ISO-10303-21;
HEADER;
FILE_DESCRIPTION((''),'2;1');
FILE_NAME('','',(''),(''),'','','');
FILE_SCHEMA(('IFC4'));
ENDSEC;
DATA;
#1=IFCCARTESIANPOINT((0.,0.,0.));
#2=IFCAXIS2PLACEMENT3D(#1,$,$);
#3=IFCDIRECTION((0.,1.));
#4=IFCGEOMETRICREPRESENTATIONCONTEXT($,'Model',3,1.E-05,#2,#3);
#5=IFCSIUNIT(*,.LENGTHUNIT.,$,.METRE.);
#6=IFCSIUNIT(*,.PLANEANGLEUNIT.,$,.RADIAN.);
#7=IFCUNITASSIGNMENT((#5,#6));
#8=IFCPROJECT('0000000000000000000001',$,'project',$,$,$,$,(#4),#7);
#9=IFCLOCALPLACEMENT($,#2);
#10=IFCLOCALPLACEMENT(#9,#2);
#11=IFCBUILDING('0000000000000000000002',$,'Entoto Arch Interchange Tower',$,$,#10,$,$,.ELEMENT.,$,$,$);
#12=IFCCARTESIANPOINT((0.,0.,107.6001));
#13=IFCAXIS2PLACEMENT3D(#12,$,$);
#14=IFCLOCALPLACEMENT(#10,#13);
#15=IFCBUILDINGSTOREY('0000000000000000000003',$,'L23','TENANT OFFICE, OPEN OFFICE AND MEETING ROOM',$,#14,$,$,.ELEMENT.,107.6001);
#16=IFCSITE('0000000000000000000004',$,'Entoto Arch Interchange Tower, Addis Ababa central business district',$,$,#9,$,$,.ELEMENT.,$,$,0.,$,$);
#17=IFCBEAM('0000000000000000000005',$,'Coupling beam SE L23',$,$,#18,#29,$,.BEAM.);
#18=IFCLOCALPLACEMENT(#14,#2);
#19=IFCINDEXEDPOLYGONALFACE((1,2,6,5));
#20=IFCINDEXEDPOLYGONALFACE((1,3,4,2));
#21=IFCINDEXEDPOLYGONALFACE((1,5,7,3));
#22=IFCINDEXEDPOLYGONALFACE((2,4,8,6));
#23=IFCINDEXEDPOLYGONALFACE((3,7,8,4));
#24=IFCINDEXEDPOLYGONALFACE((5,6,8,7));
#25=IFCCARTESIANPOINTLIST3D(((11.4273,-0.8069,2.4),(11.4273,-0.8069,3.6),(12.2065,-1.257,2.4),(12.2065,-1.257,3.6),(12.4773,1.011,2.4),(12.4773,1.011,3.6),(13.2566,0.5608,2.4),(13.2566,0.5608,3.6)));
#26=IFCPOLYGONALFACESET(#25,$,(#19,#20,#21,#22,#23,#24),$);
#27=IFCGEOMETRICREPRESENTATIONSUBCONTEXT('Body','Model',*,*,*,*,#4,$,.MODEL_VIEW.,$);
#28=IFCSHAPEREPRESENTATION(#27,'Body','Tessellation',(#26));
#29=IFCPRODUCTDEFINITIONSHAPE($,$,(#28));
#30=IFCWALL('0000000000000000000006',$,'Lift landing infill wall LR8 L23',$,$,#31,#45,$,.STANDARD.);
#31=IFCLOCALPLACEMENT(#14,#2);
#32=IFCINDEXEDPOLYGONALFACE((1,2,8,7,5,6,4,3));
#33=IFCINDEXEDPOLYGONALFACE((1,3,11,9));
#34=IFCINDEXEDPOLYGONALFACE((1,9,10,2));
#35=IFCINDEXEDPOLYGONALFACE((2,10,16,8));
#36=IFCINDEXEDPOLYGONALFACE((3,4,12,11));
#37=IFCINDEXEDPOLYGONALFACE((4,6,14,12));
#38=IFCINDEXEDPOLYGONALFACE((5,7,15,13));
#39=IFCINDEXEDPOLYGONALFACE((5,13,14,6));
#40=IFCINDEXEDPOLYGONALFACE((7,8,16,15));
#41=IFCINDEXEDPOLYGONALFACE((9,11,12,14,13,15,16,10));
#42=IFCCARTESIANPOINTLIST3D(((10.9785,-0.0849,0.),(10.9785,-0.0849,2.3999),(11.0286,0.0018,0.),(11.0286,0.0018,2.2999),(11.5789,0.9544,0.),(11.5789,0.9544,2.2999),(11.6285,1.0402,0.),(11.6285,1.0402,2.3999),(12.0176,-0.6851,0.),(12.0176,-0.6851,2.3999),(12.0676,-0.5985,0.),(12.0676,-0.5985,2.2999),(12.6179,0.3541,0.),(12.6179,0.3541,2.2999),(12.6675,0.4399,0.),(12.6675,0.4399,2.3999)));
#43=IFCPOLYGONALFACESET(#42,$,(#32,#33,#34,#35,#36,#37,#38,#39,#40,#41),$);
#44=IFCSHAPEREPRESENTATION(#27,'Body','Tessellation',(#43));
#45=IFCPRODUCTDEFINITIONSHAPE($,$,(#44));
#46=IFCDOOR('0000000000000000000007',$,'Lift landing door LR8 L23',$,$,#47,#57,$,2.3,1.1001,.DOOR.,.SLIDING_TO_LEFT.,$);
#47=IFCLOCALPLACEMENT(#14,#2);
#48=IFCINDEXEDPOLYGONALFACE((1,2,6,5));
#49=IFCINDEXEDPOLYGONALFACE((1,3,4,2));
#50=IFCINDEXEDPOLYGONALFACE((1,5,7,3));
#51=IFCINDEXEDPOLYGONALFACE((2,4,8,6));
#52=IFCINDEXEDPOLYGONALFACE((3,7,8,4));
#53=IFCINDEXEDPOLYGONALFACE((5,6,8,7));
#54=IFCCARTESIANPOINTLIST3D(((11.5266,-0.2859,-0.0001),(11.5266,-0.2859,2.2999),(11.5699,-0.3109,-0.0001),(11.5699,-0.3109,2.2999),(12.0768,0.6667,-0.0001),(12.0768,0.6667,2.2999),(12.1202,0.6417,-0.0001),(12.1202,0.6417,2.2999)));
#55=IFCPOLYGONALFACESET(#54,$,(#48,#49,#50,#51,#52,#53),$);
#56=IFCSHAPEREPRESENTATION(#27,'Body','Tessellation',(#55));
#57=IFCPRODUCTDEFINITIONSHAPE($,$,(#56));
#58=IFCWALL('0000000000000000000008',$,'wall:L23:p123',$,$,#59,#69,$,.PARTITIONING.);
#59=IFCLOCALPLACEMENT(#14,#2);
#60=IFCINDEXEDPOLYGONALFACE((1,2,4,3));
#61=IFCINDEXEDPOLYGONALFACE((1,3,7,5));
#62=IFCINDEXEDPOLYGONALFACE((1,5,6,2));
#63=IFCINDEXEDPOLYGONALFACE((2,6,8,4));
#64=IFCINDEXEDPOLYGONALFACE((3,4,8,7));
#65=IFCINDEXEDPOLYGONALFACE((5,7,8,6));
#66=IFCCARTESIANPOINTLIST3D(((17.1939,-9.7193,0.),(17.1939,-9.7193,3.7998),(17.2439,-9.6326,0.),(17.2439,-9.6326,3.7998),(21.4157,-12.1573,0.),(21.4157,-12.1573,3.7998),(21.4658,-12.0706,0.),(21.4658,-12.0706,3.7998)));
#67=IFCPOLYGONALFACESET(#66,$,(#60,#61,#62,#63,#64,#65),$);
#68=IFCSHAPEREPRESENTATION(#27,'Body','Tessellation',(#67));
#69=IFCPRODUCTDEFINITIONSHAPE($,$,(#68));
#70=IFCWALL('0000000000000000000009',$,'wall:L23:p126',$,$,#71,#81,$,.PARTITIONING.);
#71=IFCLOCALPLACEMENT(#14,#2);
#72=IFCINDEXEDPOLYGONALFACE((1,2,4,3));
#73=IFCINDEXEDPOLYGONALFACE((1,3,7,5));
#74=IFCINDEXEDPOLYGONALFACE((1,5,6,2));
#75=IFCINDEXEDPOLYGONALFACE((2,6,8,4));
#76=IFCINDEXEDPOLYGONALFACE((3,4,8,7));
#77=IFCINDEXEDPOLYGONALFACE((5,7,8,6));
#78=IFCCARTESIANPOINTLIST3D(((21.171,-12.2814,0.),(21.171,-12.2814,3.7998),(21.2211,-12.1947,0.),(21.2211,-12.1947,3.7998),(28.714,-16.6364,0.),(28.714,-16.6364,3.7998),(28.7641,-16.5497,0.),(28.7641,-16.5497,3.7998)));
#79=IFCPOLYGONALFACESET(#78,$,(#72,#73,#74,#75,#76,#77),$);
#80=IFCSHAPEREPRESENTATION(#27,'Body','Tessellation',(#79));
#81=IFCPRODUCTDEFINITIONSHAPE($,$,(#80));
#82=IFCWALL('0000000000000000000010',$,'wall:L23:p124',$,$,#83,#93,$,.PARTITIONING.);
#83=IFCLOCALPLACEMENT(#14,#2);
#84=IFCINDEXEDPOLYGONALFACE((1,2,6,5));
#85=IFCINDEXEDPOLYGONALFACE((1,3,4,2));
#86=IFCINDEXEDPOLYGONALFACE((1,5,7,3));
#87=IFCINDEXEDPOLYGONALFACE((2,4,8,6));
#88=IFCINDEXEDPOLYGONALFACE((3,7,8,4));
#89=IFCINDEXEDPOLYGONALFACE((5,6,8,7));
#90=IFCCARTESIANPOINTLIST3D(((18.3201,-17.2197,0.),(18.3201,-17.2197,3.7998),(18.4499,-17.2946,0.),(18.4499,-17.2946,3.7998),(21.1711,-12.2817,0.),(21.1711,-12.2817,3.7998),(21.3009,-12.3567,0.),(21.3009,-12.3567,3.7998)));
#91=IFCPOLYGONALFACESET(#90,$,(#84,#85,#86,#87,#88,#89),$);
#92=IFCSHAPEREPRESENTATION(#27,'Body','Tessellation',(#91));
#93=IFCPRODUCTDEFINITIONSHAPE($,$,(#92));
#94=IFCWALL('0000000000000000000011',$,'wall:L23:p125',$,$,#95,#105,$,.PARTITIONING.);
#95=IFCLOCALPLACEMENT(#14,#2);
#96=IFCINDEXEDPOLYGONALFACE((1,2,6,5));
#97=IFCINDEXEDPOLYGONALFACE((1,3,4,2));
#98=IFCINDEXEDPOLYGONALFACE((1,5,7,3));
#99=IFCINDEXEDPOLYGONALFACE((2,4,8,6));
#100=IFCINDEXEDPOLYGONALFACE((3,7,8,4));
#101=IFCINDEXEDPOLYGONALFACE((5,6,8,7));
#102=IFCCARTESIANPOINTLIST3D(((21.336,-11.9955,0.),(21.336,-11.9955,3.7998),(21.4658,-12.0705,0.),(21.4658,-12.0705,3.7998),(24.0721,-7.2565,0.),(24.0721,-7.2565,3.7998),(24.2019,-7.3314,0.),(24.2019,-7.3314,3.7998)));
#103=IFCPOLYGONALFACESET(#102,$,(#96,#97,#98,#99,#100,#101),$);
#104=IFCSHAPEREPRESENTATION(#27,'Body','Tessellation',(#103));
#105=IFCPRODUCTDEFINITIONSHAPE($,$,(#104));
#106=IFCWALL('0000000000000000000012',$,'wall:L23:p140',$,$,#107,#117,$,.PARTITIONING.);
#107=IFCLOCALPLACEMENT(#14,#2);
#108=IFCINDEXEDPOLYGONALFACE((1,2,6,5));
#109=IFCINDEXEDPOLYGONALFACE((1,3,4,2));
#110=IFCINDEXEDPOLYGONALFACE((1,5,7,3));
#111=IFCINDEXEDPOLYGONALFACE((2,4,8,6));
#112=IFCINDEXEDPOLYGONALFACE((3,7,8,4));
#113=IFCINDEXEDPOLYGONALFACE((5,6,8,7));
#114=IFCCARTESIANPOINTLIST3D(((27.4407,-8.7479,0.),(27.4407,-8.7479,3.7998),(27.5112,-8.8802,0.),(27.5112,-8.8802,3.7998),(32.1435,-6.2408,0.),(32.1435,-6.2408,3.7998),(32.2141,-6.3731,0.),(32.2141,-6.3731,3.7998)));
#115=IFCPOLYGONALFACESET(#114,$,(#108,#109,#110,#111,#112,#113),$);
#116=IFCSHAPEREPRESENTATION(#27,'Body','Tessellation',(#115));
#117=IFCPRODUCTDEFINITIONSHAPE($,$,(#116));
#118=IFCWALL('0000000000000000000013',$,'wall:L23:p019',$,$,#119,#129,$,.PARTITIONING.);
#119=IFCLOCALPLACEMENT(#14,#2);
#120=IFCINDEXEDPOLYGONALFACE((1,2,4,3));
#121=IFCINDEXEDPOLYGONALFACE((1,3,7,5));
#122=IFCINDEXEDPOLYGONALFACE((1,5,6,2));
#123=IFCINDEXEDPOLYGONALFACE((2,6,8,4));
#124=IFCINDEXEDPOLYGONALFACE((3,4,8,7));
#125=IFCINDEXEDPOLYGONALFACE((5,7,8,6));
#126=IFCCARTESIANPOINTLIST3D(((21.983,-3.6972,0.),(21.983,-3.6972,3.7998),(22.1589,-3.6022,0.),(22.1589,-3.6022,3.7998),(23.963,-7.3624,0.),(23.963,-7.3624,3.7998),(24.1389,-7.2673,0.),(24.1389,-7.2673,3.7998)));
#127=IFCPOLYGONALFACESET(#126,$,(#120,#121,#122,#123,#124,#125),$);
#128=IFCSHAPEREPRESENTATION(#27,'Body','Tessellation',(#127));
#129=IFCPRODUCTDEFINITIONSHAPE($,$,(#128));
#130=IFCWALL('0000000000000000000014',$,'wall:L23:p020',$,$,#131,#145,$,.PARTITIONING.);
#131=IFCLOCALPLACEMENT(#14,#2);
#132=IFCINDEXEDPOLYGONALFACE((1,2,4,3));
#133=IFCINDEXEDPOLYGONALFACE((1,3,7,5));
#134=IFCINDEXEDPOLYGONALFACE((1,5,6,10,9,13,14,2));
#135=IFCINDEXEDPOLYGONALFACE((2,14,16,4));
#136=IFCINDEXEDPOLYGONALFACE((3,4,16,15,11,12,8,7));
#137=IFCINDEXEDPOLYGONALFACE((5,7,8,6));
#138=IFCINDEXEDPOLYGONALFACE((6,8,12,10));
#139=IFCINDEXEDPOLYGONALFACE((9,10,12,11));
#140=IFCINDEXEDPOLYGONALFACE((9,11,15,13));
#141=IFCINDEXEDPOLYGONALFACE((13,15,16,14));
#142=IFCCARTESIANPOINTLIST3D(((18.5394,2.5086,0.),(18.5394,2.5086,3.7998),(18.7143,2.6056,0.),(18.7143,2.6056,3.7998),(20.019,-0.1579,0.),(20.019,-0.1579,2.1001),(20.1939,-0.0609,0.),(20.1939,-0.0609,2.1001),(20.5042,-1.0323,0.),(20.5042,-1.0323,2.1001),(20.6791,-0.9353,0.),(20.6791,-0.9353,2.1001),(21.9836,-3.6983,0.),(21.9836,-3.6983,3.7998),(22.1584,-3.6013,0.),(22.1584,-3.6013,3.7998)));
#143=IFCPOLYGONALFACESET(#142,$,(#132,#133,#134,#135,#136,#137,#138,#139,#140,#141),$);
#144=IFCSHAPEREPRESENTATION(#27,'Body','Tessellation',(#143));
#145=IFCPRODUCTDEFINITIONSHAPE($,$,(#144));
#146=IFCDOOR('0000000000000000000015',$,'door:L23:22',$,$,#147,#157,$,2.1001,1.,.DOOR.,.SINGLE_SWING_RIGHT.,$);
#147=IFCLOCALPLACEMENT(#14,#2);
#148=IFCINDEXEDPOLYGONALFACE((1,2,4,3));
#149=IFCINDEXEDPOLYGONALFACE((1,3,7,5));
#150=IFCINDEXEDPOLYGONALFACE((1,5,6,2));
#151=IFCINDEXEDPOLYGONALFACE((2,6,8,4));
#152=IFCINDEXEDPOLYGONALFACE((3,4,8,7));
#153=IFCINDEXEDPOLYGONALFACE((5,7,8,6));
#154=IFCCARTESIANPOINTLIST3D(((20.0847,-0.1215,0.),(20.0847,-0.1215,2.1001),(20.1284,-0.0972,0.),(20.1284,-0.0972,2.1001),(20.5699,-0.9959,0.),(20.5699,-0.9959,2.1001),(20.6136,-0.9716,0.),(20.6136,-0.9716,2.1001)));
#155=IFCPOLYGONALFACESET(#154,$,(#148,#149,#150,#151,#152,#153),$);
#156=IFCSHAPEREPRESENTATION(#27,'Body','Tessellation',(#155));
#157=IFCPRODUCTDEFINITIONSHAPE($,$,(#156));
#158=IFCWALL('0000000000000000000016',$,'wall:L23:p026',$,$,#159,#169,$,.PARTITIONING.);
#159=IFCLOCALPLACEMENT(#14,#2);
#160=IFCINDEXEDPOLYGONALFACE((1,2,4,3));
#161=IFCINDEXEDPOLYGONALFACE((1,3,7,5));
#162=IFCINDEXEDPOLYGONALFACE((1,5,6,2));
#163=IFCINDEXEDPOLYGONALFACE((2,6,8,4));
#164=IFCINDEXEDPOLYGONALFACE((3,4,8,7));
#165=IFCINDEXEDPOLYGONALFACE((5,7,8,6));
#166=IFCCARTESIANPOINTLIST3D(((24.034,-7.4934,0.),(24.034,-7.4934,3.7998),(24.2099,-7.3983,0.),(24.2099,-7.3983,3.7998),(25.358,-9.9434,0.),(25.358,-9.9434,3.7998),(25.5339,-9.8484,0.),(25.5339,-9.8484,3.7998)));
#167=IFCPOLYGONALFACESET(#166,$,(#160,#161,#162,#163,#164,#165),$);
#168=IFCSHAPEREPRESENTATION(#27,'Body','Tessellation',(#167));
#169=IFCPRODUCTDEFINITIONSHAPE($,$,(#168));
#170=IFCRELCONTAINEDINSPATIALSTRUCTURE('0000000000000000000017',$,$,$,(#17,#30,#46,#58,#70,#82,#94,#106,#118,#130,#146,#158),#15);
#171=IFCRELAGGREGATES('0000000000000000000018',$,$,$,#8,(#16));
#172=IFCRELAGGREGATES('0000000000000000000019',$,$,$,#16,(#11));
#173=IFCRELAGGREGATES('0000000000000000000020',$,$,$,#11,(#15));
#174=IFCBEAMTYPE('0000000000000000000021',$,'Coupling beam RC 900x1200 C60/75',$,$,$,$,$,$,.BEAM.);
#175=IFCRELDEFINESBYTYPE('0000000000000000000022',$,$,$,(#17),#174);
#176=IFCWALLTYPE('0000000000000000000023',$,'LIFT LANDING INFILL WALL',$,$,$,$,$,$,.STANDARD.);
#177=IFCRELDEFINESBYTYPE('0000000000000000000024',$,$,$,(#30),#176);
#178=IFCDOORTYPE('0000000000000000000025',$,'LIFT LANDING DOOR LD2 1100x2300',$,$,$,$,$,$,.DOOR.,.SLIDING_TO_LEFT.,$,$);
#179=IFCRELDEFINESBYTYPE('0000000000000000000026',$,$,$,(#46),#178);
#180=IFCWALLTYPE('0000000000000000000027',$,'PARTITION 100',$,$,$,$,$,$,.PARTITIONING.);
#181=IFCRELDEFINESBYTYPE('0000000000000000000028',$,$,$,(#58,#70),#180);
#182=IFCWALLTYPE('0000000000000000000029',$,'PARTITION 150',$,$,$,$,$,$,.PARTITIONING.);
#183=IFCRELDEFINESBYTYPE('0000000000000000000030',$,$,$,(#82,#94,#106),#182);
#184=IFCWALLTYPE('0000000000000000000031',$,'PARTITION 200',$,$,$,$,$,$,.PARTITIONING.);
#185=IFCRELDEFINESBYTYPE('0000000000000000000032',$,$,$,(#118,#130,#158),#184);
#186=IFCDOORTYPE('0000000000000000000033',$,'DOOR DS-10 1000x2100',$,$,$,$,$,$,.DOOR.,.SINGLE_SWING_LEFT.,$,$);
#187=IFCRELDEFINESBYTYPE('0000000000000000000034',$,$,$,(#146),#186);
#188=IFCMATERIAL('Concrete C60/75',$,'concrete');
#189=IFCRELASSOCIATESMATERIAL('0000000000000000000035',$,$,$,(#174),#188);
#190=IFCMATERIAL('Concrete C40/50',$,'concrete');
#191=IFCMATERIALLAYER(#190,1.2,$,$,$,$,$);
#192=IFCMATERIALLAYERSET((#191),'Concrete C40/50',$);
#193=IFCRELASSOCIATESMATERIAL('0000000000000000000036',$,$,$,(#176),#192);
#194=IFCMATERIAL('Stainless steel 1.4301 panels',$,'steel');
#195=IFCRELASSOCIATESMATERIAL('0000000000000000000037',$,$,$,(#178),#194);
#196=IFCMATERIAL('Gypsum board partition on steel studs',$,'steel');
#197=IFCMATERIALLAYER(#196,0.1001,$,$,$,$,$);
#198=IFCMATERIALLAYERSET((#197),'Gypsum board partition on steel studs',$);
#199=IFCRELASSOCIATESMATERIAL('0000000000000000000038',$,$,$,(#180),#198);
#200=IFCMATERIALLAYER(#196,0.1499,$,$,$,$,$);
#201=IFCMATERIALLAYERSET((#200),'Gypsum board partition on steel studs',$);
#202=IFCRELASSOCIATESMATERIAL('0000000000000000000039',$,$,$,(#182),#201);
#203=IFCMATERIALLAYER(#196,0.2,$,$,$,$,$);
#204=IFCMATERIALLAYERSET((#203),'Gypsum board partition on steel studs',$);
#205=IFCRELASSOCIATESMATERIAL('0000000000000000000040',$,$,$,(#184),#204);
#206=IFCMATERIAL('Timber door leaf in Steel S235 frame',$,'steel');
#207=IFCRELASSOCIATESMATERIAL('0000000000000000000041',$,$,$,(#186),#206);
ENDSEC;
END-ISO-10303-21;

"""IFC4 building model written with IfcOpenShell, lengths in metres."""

from ifc_helpers import new_model, si_unit, direction, frame, frame_2d, origin, origin_2d, place, context, subcontext, project, spatial, rectangle, extrude, material, layer, layer_set, material_profile, profile_set, type_object, element, fill, save


model = new_model("IFC4")

# Units and contexts
model_context = context("Model", 3, precision=1e-05, world=origin(), true_north=direction((0.0, 1.0)))
body_context = subcontext(model_context, "Body", "Model", "MODEL_VIEW")
ifc_project = project(units=[si_unit("LENGTHUNIT", "METRE"), si_unit("PLANEANGLEUNIT", "RADIAN")], contexts=[model_context])

# Site, building, storey
site_placement = place(None, origin())
site = spatial("IfcSite", under=ifc_project, at=site_placement, Name="Entoto Arch Interchange Tower, Addis Ababa central business district", CompositionType="ELEMENT", RefElevation=0.0)
building_placement = place(site_placement, origin())
building = spatial("IfcBuilding", under=site, at=building_placement, Name="Entoto Arch Interchange Tower", CompositionType="ELEMENT")
storey_placement = place(building_placement, frame((0.0, 0.0, 107.6001)))
storey = spatial("IfcBuildingStorey", under=building, at=storey_placement, Name="L23", Description="TENANT OFFICE, OPEN OFFICE AND MEETING ROOM", CompositionType="ELEMENT", Elevation=107.6001)

# Beam
ifc_material_1 = material(Name="Concrete C60/75", Category="concrete")
ifc_material_profile = material_profile(ifc_material_1, rectangle(XDim=0.8999, YDim=1.2, at=origin_2d()))
ifc_profile_set = profile_set([ifc_material_profile], Name="Concrete C60/75")
beam_type = type_object("IfcBeamType", Name="Coupling beam RC 900x1200 C60/75", PredefinedType="BEAM", material=ifc_profile_set)
beam_placement = place(storey_placement, frame((11.8169, -1.032, 3.0), z_axis=(0.500179, 0.865922, 0.0), x_axis=(-0.865922, 0.500179, 0.0)))
element("IfcBeam", 1, at=beam_placement, inside=storey, type_object=beam_type, Name="Coupling beam SE L23", PredefinedType="BEAM", context=body_context, shape_type="SweptSolid", body=[
    extrude(rectangle(XDim=0.8999, YDim=1.2, at=origin_2d()), origin(), (0.0, 0.0, 1.0), 2.0994),
])

# Wall, opening, door
ifc_material_2 = material(Name="Concrete C40/50", Category="concrete")
ifc_layer_1 = layer(ifc_material_2, 1.2)
ifc_layer_set_1 = layer_set([ifc_layer_1], Name="Concrete C40/50")
wall_type_1 = type_object("IfcWallType", Name="LIFT LANDING INFILL WALL", PredefinedType="STANDARD", material=ifc_layer_set_1)
wall_1_placement = place(storey_placement, frame((11.498, -0.385, 0.0), z_axis=(0.0, 0.0, 1.0), x_axis=(0.500221, 0.865898, 0.0)))
wall_1 = element("IfcWall", 2, at=wall_1_placement, inside=storey, type_object=wall_type_1, Name="Lift landing infill wall LR8 L23", PredefinedType="STANDARD", context=body_context, shape_type="SweptSolid", body=[
    extrude(rectangle(XDim=1.2993, YDim=1.2, at=frame_2d((0.6497, 0.0))), origin(), (0.0, 0.0, 1.0), 2.3999),
])
opening_1_placement = place(wall_1_placement, frame((0.1001, 0.0, 0.0)))
opening_1 = element("IfcOpeningElement", 3, at=opening_1_placement, cuts=wall_1, PredefinedType="OPENING", context=body_context, shape_type="SweptSolid", body=[
    extrude(rectangle(XDim=1.1001, YDim=2.3, at=frame_2d((0.55, 1.1499))), frame((0.0, 0.6099, 0.0), z_axis=(0.0, -1.0, 0.0), x_axis=(1.0, 0.0, 0.0)), (0.0, 0.0, 1.0), 1.22),
])
ifc_material_3 = material(Name="Stainless steel 1.4301 panels", Category="steel")
door_type_1 = type_object("IfcDoorType", Name="LIFT LANDING DOOR LD2 1100x2300", OperationType="SLIDING_TO_LEFT", PredefinedType="DOOR", material=ifc_material_3)
door_1_placement = place(opening_1_placement, origin())
door_1 = element("IfcDoor", 4, at=door_1_placement, inside=storey, type_object=door_type_1, Name="Lift landing door LR8 L23", OperationType="SLIDING_TO_LEFT", OverallHeight=2.3, OverallWidth=1.1001, PredefinedType="DOOR", context=body_context, shape_type="SweptSolid", body=[
    extrude(rectangle(XDim=1.1001, YDim=2.3, at=frame_2d((0.55, 1.1499))), frame((0.0, 0.0249, 0.0), z_axis=(0.0, -1.0, 0.0), x_axis=(1.0, 0.0, 0.0)), (0.0, 0.0, 1.0), 0.05),
])
fill(opening_1, door_1)

# Walls
ifc_material_4 = material(Name="Gypsum board partition on steel studs", Category="steel")
ifc_layer_2 = layer(ifc_material_4, 0.1001)
ifc_layer_set_2 = layer_set([ifc_layer_2], Name="Gypsum board partition on steel studs")
wall_type_2 = type_object("IfcWallType", Name="PARTITION 100", PredefinedType="PARTITIONING", material=ifc_layer_set_2)
wall_2_placement = place(storey_placement, frame((17.219, -9.676, 0.0), z_axis=(0.0, 0.0, 1.0), x_axis=(0.865985, -0.500071, 0.0)))
element("IfcWall", 5, at=wall_2_placement, inside=storey, type_object=wall_type_2, Name="wall:L23:p123", PredefinedType="PARTITIONING", context=body_context, shape_type="SweptSolid", body=[
    extrude(rectangle(XDim=4.8752, YDim=0.1001, at=frame_2d((2.4375, 0.0))), origin(), (0.0, 0.0, 1.0), 3.7998),
])
wall_3_placement = place(storey_placement, frame((21.196, -12.238, 0.0), z_axis=(0.0, 0.0, 1.0), x_axis=(0.866023, -0.500004, 0.0)))
element("IfcWall", 6, at=wall_3_placement, inside=storey, type_object=wall_type_2, Name="wall:L23:p126", PredefinedType="PARTITIONING", context=body_context, shape_type="SweptSolid", body=[
    extrude(rectangle(XDim=8.71, YDim=0.1001, at=frame_2d((4.355, 0.0))), origin(), (0.0, 0.0, 1.0), 3.7998),
])
ifc_layer_3 = layer(ifc_material_4, 0.1499)
ifc_layer_set_3 = layer_set([ifc_layer_3], Name="Gypsum board partition on steel studs")
wall_type_3 = type_object("IfcWallType", Name="PARTITION 150", PredefinedType="PARTITIONING", material=ifc_layer_set_3)
wall_4_placement = place(storey_placement, frame((21.2361, -12.3191, 0.0), z_axis=(0.0, 0.0, 1.0), x_axis=(-0.500016, -0.866016, 0.0)))
element("IfcWall", 7, at=wall_4_placement, inside=storey, type_object=wall_type_3, Name="wall:L23:p124", PredefinedType="PARTITIONING", context=body_context, shape_type="SweptSolid", body=[
    extrude(rectangle(XDim=5.7019, YDim=0.1499, at=frame_2d((2.8511, 0.0))), origin(), (0.0, 0.0, 1.0), 3.7998),
])
wall_5_placement = place(storey_placement, frame((24.137, -7.2939, 0.0), z_axis=(0.0, 0.0, 1.0), x_axis=(-0.500002, -0.866024, 0.0)))
element("IfcWall", 8, at=wall_5_placement, inside=storey, type_object=wall_type_3, Name="wall:L23:p125", PredefinedType="PARTITIONING", context=body_context, shape_type="SweptSolid", body=[
    extrude(rectangle(XDim=5.4722, YDim=0.1499, at=frame_2d((2.7361, 0.0))), origin(), (0.0, 0.0, 1.0), 3.7998),
])
wall_6_placement = place(storey_placement, frame((27.4761, -8.814, 0.0), z_axis=(0.0, 0.0, 1.0), x_axis=(0.88244, 0.470424, 0.0)))
element("IfcWall", 9, at=wall_6_placement, inside=storey, type_object=wall_type_3, Name="wall:L23:p140", PredefinedType="PARTITIONING", context=body_context, shape_type="SweptSolid", body=[
    extrude(rectangle(XDim=5.3293, YDim=0.1499, at=frame_2d((2.6646, 0.0))), origin(), (0.0, 0.0, 1.0), 3.7998),
])
ifc_layer_4 = layer(ifc_material_4, 0.2)
ifc_layer_set_4 = layer_set([ifc_layer_4], Name="Gypsum board partition on steel studs")
wall_type_4 = type_object("IfcWallType", Name="PARTITION 200", PredefinedType="PARTITIONING", material=ifc_layer_set_4)
wall_7_placement = place(storey_placement, frame((24.051, -7.3149, 0.0), z_axis=(0.0, 0.0, 1.0), x_axis=(-0.475309, 0.879819, 0.0)))
element("IfcWall", 10, at=wall_7_placement, inside=storey, type_object=wall_type_4, Name="wall:L23:p019", PredefinedType="PARTITIONING", context=body_context, shape_type="SweptSolid", body=[
    extrude(rectangle(XDim=4.1658, YDim=0.2, at=frame_2d((2.083, 0.0))), origin(), (0.0, 0.0, 1.0), 3.7998),
])

# Wall, opening, door
wall_8_placement = place(storey_placement, frame((22.071, -3.6499, 0.0), z_axis=(0.0, 0.0, 1.0), x_axis=(-0.485199, 0.874404, 0.0)))
wall_8 = element("IfcWall", 11, at=wall_8_placement, inside=storey, type_object=wall_type_4, Name="wall:L23:p020", PredefinedType="PARTITIONING", context=body_context, shape_type="SweptSolid", body=[
    extrude(rectangle(XDim=7.0984, YDim=0.2, at=frame_2d((3.5493, 0.0))), origin(), (0.0, 0.0, 1.0), 3.7998),
])
opening_2_placement = place(wall_8_placement, frame((3.0491, 0.0, 0.0)))
opening_2 = element("IfcOpeningElement", 12, at=opening_2_placement, cuts=wall_8, PredefinedType="OPENING", context=body_context, shape_type="SweptSolid", body=[
    extrude(rectangle(XDim=1.0, YDim=2.1001, at=frame_2d((0.5, 1.05))), frame((0.0, 0.1099, 0.0), z_axis=(0.0, -1.0, 0.0), x_axis=(1.0, 0.0, 0.0)), (0.0, 0.0, 1.0), 0.22),
])
ifc_material_5 = material(Name="Timber door leaf in Steel S235 frame", Category="steel")
door_type_2 = type_object("IfcDoorType", Name="DOOR DS-10 1000x2100", OperationType="SINGLE_SWING_LEFT", PredefinedType="DOOR", material=ifc_material_5)
door_2_placement = place(opening_2_placement, origin())
door_2 = element("IfcDoor", 13, at=door_2_placement, inside=storey, type_object=door_type_2, Name="door:L23:22", OperationType="SINGLE_SWING_RIGHT", OverallHeight=2.1001, OverallWidth=1.0, PredefinedType="DOOR", context=body_context, shape_type="SweptSolid", body=[
    extrude(rectangle(XDim=1.0, YDim=2.1001, at=frame_2d((0.5, 1.05))), frame((0.0, 0.0249, 0.0), z_axis=(0.0, -1.0, 0.0), x_axis=(1.0, 0.0, 0.0)), (0.0, 0.0, 1.0), 0.05),
])
fill(opening_2, door_2)

# Wall
wall_9_placement = place(storey_placement, frame((25.446, -9.896, 0.0), z_axis=(0.0, 0.0, 1.0), x_axis=(-0.475427, 0.879755, 0.0)))
element("IfcWall", 14, at=wall_9_placement, inside=storey, type_object=wall_type_4, Name="wall:L23:p026", PredefinedType="PARTITIONING", context=body_context, shape_type="SweptSolid", body=[
    extrude(rectangle(XDim=2.7849, YDim=0.2, at=frame_2d((1.3926, 0.0))), origin(), (0.0, 0.0, 1.0), 3.7998),
])

save(model, "model.ifc")
